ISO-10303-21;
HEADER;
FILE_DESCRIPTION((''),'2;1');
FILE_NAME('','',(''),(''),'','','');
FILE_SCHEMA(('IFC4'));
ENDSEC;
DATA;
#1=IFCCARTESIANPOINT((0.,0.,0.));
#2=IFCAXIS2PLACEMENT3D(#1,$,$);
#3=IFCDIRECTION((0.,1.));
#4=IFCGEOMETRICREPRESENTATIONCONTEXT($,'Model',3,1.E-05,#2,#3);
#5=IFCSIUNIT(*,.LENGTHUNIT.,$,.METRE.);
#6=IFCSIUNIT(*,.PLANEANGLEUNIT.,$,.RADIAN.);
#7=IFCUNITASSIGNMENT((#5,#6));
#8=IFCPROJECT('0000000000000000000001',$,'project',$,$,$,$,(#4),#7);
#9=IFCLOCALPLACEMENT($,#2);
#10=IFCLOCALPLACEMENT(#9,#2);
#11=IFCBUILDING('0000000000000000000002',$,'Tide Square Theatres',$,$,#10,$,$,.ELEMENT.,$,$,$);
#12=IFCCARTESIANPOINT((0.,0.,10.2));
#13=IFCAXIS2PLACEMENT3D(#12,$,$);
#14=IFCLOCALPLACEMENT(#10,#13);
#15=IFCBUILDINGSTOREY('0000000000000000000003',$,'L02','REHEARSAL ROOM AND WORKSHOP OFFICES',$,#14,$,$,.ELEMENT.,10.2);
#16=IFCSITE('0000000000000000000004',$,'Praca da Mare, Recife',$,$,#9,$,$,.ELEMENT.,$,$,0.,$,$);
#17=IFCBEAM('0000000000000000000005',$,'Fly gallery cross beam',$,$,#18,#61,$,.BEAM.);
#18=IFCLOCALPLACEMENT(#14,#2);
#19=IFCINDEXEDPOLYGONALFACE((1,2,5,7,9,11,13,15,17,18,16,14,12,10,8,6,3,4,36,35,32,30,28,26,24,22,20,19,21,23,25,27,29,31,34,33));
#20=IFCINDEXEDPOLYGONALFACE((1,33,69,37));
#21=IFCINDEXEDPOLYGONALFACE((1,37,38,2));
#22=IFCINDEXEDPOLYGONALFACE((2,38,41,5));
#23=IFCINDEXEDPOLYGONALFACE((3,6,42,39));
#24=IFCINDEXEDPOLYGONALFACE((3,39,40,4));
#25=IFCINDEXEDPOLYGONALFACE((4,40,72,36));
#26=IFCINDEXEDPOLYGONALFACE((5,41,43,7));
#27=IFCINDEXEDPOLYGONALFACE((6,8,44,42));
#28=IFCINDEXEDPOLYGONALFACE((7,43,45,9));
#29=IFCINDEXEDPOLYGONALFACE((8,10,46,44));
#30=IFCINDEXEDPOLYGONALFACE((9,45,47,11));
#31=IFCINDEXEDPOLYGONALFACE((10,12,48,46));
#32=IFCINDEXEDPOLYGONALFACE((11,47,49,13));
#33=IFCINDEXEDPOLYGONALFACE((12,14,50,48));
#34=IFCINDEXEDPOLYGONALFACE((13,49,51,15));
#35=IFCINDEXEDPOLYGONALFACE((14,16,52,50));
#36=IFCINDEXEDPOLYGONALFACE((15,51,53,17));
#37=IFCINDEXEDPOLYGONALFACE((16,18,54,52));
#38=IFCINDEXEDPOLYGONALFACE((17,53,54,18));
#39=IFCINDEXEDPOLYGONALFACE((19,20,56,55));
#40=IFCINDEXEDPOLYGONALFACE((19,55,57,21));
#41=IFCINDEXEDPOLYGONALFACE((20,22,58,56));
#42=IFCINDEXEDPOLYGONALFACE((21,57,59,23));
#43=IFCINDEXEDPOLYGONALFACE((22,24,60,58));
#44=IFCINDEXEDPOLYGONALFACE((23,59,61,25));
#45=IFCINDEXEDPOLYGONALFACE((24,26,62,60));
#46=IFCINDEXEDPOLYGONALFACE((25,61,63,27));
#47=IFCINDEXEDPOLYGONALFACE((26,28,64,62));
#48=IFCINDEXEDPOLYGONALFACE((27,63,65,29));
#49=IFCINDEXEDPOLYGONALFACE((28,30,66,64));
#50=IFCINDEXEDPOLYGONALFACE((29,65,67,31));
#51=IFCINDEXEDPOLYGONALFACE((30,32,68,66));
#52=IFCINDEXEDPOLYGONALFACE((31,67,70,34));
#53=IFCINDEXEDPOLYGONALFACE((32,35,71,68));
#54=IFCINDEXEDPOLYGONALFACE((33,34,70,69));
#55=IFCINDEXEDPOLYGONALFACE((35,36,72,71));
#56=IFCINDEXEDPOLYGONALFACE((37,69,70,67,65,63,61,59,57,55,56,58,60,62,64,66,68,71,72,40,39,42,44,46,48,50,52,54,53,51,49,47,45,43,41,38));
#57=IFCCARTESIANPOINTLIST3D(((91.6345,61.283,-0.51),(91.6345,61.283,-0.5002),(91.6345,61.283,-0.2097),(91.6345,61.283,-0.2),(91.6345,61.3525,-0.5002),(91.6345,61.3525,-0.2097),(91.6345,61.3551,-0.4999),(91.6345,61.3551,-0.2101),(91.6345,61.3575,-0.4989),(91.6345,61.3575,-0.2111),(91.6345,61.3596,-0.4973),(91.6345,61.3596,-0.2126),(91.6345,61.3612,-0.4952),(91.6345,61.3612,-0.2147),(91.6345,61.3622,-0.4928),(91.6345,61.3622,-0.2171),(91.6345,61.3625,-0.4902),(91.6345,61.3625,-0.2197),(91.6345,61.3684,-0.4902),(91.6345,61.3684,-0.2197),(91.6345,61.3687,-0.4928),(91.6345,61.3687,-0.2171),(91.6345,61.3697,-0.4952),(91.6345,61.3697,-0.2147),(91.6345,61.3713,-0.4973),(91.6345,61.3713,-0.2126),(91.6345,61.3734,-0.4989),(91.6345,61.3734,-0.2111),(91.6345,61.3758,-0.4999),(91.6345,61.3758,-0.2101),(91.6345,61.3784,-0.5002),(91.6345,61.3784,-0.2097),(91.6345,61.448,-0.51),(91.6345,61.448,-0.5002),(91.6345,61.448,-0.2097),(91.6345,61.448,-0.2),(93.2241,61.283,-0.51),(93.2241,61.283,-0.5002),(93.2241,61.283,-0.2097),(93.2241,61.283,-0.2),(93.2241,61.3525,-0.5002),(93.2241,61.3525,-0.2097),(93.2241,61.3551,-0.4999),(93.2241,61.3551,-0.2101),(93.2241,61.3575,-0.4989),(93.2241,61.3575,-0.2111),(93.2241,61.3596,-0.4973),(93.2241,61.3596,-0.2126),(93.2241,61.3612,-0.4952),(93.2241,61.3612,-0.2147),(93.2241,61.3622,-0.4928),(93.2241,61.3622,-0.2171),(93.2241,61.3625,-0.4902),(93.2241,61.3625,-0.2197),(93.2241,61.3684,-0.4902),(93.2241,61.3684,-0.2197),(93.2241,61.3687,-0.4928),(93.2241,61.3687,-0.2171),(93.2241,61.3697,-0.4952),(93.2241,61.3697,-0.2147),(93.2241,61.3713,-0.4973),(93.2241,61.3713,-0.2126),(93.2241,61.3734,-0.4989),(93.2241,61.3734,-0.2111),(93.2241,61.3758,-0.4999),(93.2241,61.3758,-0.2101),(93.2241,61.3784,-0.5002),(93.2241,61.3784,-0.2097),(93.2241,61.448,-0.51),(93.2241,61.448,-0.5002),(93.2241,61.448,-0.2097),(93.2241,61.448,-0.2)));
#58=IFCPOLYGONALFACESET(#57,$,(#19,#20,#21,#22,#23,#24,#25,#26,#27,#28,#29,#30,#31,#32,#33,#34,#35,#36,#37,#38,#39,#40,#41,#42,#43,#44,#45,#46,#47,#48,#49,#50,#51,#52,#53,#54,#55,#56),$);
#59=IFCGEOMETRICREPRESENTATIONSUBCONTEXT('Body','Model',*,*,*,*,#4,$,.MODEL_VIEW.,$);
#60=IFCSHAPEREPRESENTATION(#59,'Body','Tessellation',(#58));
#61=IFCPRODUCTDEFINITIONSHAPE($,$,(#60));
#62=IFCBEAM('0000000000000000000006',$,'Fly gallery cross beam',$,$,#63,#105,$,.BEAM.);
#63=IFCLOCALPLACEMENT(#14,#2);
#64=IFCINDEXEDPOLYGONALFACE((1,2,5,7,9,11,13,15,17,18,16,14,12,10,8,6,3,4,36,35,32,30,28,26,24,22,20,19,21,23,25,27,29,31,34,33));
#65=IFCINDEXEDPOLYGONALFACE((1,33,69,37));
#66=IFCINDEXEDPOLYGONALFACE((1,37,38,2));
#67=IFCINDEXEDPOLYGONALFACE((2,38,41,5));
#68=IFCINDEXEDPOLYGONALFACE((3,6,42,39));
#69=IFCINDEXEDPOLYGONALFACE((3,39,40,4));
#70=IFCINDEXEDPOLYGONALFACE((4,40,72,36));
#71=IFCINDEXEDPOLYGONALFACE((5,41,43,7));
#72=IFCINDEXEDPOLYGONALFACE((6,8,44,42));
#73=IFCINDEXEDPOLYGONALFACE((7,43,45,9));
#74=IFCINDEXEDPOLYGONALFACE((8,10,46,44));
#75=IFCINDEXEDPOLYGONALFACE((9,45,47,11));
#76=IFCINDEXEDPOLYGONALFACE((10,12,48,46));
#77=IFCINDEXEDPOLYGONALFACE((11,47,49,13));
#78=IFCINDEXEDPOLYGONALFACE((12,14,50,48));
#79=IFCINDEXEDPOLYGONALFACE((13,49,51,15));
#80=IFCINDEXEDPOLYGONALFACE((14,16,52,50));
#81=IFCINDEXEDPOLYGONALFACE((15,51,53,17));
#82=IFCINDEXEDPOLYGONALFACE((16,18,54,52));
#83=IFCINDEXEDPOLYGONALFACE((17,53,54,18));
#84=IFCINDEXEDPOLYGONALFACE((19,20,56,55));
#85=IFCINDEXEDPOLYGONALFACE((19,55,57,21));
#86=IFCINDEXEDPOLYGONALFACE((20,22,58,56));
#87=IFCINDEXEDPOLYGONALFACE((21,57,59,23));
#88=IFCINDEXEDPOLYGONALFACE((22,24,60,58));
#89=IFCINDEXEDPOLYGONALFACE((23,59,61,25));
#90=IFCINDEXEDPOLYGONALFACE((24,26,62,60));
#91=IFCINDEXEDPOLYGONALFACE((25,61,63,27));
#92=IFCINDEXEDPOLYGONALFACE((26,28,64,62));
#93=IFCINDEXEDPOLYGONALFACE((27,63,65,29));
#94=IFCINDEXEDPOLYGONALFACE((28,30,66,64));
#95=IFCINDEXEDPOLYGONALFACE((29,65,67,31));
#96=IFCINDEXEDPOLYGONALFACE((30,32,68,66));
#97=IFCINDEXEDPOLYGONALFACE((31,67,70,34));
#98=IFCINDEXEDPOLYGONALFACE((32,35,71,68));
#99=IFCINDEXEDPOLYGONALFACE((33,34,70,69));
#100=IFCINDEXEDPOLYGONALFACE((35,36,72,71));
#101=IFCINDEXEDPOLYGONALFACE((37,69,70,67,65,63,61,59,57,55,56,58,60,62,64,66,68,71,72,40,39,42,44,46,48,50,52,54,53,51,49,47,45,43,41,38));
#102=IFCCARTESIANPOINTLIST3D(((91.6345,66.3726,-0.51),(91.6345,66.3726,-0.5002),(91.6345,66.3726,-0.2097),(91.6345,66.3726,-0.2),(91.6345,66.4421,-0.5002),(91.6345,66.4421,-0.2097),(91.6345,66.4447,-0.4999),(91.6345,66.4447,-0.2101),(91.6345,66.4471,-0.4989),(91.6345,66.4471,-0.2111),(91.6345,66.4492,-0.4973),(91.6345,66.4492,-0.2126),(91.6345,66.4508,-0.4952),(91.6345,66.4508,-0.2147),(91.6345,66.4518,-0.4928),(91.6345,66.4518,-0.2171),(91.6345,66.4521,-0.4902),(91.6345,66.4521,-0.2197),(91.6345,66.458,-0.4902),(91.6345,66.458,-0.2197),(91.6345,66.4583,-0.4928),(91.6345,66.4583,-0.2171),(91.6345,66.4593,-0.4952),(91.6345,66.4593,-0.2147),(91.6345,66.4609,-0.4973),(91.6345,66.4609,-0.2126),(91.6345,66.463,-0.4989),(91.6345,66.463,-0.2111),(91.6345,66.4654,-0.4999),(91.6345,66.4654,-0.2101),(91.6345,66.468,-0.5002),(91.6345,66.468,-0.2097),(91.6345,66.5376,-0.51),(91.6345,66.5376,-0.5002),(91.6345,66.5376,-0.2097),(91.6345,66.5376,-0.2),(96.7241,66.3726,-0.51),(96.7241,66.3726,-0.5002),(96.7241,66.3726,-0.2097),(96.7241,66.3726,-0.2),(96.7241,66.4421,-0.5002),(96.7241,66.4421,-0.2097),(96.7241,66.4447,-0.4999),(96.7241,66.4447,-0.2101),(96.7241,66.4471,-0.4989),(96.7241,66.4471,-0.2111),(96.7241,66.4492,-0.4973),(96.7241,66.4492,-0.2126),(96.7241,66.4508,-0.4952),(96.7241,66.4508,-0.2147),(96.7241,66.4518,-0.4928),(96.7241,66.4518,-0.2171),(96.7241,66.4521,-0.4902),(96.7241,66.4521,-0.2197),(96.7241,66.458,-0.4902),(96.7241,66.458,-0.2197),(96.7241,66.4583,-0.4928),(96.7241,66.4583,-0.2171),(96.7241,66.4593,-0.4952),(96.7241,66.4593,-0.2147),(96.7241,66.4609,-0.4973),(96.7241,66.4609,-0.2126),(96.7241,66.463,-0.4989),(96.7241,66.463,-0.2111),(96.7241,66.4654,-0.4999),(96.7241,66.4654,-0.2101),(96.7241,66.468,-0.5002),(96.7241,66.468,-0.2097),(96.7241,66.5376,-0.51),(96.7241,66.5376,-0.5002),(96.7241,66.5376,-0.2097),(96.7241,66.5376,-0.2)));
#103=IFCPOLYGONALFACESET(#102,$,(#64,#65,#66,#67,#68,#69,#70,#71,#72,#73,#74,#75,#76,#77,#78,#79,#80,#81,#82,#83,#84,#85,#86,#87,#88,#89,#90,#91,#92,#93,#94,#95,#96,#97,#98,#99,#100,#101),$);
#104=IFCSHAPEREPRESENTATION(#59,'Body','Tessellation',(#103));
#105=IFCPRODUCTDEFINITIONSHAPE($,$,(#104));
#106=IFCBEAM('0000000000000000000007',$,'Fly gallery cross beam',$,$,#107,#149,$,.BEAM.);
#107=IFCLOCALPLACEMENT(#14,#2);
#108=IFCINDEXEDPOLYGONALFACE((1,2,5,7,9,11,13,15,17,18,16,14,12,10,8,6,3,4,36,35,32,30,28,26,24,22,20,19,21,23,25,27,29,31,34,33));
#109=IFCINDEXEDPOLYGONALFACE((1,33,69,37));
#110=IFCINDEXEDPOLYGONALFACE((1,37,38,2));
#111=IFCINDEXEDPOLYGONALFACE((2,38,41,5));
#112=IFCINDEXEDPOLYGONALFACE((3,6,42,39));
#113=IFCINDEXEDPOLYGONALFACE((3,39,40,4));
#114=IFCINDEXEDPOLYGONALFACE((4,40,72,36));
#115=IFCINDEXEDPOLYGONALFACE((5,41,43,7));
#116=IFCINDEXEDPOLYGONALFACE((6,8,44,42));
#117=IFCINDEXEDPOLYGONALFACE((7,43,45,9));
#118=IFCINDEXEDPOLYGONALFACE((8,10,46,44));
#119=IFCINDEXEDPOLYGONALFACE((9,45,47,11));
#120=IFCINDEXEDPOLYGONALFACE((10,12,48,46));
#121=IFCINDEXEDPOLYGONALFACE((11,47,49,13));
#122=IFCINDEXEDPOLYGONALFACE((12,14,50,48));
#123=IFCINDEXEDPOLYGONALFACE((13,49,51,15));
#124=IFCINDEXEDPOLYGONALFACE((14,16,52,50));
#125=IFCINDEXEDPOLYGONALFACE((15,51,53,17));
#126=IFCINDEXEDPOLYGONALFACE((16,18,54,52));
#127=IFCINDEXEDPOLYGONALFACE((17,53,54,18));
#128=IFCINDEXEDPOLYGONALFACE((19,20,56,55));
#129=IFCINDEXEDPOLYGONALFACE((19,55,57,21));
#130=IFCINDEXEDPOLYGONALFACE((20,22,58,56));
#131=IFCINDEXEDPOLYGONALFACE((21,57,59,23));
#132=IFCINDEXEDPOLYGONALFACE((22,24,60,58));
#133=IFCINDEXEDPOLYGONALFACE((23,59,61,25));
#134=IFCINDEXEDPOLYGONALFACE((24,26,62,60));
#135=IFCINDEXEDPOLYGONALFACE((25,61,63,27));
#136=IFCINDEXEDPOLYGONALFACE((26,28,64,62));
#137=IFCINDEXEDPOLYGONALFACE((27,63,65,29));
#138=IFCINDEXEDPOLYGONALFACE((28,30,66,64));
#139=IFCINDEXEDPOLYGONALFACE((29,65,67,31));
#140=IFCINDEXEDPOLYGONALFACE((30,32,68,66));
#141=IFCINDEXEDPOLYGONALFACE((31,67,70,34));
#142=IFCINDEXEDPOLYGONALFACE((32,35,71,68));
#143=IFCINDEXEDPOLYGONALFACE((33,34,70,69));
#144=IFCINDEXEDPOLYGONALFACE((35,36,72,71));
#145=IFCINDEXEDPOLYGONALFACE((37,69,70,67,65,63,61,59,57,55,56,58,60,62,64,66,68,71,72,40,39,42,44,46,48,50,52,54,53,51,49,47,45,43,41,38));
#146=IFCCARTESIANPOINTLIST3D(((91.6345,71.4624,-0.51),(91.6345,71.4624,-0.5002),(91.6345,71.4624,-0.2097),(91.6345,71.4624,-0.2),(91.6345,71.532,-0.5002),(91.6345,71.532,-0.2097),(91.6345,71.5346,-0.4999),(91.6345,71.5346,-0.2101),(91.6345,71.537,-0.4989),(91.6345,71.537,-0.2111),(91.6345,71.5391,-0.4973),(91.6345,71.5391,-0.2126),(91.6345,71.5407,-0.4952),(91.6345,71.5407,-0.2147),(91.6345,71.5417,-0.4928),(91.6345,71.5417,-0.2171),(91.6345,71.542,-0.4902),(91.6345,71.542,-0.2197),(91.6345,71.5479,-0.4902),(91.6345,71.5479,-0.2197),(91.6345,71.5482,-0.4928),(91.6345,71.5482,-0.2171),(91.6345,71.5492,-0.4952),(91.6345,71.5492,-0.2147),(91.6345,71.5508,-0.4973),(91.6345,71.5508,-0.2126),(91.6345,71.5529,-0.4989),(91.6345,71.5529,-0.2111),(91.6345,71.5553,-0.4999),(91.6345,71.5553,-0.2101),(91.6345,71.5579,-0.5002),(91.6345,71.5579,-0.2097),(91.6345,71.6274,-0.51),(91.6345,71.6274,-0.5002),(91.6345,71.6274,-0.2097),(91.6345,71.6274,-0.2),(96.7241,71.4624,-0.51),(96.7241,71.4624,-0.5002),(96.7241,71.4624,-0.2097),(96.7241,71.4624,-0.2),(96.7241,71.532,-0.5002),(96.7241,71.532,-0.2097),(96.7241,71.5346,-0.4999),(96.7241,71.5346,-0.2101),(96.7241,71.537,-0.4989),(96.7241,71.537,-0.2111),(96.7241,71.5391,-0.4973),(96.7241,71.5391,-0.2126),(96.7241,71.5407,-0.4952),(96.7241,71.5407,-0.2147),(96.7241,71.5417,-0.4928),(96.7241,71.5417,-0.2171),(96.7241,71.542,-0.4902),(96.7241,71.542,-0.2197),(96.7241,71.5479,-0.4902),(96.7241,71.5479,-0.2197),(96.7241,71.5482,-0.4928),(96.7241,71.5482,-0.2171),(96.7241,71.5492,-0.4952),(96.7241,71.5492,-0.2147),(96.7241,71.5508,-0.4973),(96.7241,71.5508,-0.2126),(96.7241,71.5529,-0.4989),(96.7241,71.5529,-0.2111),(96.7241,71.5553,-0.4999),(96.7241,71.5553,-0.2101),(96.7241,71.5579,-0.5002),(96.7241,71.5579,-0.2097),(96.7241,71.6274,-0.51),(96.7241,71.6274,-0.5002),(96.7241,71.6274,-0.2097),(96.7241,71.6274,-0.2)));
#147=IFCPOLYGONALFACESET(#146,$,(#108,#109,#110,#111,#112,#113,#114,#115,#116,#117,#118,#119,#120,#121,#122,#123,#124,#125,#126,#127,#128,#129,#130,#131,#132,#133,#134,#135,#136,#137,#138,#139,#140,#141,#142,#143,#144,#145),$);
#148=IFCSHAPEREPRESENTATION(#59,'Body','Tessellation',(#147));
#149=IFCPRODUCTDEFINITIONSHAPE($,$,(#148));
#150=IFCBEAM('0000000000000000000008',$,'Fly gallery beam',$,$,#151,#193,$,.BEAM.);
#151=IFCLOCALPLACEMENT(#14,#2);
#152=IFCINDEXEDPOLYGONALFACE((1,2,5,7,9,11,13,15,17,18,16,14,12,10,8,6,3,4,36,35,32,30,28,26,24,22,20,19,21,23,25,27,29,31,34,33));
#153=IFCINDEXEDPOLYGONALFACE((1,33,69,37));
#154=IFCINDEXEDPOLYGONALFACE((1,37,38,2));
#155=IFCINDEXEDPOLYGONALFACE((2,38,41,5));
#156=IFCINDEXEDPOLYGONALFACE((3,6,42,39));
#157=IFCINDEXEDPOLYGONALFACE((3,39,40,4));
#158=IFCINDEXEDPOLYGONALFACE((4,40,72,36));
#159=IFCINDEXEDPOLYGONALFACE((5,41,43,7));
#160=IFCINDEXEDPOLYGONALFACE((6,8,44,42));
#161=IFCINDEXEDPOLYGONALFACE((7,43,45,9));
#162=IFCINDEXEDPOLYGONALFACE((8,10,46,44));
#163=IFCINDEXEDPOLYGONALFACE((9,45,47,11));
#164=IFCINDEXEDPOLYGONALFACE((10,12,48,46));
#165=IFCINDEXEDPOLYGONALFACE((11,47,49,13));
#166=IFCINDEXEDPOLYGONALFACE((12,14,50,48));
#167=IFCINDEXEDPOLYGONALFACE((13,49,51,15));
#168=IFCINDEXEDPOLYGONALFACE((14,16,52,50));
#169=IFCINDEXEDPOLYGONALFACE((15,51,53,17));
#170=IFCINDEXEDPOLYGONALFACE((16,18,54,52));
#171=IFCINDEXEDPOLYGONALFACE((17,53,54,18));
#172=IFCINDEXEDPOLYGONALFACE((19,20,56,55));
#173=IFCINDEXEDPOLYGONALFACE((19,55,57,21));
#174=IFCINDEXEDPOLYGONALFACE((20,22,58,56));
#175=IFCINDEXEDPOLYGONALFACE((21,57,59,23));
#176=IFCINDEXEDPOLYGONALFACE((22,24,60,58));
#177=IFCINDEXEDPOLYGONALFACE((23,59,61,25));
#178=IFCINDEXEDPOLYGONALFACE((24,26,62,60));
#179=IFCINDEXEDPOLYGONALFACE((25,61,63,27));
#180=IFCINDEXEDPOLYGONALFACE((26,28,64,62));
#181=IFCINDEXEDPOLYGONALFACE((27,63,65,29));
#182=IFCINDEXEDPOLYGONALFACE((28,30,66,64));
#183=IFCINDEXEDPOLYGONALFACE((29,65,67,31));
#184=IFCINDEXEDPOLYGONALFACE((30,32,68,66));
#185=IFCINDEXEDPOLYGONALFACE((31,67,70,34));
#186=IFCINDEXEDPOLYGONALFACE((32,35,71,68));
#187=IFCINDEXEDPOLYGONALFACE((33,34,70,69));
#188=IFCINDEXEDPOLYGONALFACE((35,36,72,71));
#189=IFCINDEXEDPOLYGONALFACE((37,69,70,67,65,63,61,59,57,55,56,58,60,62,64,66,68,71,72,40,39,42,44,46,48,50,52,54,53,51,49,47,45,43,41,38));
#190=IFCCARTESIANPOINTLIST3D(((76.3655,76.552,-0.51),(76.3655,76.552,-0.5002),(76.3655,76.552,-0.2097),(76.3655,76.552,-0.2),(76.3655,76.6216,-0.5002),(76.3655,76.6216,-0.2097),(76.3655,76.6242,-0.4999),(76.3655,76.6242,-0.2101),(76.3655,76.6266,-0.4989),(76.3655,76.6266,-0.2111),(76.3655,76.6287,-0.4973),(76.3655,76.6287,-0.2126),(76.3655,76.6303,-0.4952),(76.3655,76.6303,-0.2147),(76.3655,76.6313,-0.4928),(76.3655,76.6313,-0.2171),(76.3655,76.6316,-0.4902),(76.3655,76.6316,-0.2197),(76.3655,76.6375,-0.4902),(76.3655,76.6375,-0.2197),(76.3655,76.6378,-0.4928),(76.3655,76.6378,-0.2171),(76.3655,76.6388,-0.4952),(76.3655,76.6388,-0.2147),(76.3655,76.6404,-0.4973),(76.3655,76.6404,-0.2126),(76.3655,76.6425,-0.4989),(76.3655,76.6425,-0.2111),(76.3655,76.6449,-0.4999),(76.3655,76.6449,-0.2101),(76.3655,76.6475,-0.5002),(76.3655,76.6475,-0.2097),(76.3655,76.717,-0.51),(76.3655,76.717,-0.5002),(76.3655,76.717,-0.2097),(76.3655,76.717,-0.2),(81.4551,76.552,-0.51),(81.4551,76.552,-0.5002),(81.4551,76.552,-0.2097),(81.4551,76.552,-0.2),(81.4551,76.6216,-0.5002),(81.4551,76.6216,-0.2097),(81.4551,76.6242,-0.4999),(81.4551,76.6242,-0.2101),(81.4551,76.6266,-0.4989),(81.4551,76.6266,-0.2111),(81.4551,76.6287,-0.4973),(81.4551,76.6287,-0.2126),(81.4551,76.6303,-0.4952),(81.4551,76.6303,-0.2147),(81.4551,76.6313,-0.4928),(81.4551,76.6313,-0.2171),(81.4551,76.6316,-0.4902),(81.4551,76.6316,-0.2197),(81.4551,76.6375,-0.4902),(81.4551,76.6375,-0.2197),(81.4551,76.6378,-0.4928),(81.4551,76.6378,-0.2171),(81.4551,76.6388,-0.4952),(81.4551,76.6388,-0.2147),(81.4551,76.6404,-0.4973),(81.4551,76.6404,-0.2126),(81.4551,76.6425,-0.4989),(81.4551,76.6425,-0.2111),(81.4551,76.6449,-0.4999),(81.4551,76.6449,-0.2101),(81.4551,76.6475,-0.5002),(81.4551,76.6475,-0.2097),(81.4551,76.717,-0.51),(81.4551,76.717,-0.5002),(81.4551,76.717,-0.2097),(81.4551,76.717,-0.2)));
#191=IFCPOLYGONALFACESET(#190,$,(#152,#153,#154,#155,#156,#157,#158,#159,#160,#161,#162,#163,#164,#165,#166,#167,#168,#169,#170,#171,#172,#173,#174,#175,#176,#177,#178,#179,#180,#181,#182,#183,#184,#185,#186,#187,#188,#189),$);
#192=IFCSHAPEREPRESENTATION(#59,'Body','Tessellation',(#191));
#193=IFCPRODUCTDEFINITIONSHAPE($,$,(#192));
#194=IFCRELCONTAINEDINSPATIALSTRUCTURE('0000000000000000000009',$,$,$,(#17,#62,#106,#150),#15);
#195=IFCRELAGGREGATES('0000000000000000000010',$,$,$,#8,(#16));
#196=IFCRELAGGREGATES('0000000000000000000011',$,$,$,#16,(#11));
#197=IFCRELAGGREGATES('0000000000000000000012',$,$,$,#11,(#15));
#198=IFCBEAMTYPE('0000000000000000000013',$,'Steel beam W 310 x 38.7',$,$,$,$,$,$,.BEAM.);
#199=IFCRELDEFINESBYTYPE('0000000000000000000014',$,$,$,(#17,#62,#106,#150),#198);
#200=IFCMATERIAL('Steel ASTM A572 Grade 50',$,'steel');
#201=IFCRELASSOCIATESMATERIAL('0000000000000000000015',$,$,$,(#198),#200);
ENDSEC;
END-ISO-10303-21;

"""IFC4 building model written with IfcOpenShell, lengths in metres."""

from ifc_helpers import new_model, si_unit, direction, frame, origin, origin_2d, place, context, subcontext, project, spatial, i_section, extrude, material, material_profile, profile_set, type_object, element, save


model = new_model("IFC4")

# Units and contexts
model_context = context("Model", 3, precision=1e-05, world=origin(), true_north=direction((0.0, 1.0)))
body_context = subcontext(model_context, "Body", "Model", "MODEL_VIEW")
ifc_project = project(units=[si_unit("LENGTHUNIT", "METRE"), si_unit("PLANEANGLEUNIT", "RADIAN")], contexts=[model_context])

# Site, building, storey
site_placement = place(None, origin())
site = spatial("IfcSite", under=ifc_project, at=site_placement, Name="Praca da Mare, Recife", CompositionType="ELEMENT", RefElevation=0.0)
building_placement = place(site_placement, origin())
building = spatial("IfcBuilding", under=site, at=building_placement, Name="Tide Square Theatres", CompositionType="ELEMENT")
storey_placement = place(building_placement, frame((0.0, 0.0, 10.2)))
storey = spatial("IfcBuildingStorey", under=building, at=storey_placement, Name="L02", Description="REHEARSAL ROOM AND WORKSHOP OFFICES", CompositionType="ELEMENT", Elevation=10.2)

# Beams
ifc_material_1 = material(Name="Steel ASTM A572 Grade 50", Category="steel")
ifc_material_profile_1 = material_profile(ifc_material_1, i_section(OverallWidth=0.165, OverallDepth=0.3101, WebThickness=0.0059, FlangeThickness=0.0098, FilletRadius=0.01, at=origin_2d()))
ifc_profile_set_1 = profile_set([ifc_material_profile_1], Name="Steel ASTM A572 Grade 50")
beam_type = type_object("IfcBeamType", Name="Steel beam W 310 x 38.7", PredefinedType="BEAM", material=ifc_profile_set_1)
beam_1_placement = place(storey_placement, frame((91.6345, 61.3655, -0.355), z_axis=(1.0, 0.0, 0.0), x_axis=(0.0, 1.0, 0.0)))
element("IfcBeam", 1, at=beam_1_placement, inside=storey, type_object=beam_type, Name="Fly gallery cross beam", PredefinedType="BEAM", context=body_context, shape_type="SweptSolid", body=[
    extrude(i_section(OverallWidth=0.165, OverallDepth=0.3101, WebThickness=0.0059, FlangeThickness=0.0098, FilletRadius=0.01, at=origin_2d()), origin(), (0.0, 0.0, 1.0), 1.5896),
])
for number, where, z_axis, x_axis, name in (
    (2, (91.6345, 66.4551, -0.355), (1.0, 0.0, 0.0), (0.0, 1.0, 0.0), "Fly gallery cross beam"),
    (3, (91.6345, 71.5449, -0.355), (1.0, 0.0, 0.0), (0.0, 1.0, 0.0), "Fly gallery cross beam"),
    (4, (76.3655, 76.6345, -0.355), (1.0, 0.0, 0.0), (0.0, 1.0, 0.0), "Fly gallery beam"),
):
    element("IfcBeam", number, at=place(storey_placement, frame(where, z_axis=z_axis, x_axis=x_axis)), inside=storey, type_object=beam_type, Name=name, PredefinedType="BEAM", context=body_context, shape_type="SweptSolid", body=[
        extrude(i_section(OverallWidth=0.165, OverallDepth=0.3101, WebThickness=0.0059, FlangeThickness=0.0098, FilletRadius=0.01, at=origin_2d()), origin(), (0.0, 0.0, 1.0), 5.0896),
    ])

save(model, "model.ifc")
